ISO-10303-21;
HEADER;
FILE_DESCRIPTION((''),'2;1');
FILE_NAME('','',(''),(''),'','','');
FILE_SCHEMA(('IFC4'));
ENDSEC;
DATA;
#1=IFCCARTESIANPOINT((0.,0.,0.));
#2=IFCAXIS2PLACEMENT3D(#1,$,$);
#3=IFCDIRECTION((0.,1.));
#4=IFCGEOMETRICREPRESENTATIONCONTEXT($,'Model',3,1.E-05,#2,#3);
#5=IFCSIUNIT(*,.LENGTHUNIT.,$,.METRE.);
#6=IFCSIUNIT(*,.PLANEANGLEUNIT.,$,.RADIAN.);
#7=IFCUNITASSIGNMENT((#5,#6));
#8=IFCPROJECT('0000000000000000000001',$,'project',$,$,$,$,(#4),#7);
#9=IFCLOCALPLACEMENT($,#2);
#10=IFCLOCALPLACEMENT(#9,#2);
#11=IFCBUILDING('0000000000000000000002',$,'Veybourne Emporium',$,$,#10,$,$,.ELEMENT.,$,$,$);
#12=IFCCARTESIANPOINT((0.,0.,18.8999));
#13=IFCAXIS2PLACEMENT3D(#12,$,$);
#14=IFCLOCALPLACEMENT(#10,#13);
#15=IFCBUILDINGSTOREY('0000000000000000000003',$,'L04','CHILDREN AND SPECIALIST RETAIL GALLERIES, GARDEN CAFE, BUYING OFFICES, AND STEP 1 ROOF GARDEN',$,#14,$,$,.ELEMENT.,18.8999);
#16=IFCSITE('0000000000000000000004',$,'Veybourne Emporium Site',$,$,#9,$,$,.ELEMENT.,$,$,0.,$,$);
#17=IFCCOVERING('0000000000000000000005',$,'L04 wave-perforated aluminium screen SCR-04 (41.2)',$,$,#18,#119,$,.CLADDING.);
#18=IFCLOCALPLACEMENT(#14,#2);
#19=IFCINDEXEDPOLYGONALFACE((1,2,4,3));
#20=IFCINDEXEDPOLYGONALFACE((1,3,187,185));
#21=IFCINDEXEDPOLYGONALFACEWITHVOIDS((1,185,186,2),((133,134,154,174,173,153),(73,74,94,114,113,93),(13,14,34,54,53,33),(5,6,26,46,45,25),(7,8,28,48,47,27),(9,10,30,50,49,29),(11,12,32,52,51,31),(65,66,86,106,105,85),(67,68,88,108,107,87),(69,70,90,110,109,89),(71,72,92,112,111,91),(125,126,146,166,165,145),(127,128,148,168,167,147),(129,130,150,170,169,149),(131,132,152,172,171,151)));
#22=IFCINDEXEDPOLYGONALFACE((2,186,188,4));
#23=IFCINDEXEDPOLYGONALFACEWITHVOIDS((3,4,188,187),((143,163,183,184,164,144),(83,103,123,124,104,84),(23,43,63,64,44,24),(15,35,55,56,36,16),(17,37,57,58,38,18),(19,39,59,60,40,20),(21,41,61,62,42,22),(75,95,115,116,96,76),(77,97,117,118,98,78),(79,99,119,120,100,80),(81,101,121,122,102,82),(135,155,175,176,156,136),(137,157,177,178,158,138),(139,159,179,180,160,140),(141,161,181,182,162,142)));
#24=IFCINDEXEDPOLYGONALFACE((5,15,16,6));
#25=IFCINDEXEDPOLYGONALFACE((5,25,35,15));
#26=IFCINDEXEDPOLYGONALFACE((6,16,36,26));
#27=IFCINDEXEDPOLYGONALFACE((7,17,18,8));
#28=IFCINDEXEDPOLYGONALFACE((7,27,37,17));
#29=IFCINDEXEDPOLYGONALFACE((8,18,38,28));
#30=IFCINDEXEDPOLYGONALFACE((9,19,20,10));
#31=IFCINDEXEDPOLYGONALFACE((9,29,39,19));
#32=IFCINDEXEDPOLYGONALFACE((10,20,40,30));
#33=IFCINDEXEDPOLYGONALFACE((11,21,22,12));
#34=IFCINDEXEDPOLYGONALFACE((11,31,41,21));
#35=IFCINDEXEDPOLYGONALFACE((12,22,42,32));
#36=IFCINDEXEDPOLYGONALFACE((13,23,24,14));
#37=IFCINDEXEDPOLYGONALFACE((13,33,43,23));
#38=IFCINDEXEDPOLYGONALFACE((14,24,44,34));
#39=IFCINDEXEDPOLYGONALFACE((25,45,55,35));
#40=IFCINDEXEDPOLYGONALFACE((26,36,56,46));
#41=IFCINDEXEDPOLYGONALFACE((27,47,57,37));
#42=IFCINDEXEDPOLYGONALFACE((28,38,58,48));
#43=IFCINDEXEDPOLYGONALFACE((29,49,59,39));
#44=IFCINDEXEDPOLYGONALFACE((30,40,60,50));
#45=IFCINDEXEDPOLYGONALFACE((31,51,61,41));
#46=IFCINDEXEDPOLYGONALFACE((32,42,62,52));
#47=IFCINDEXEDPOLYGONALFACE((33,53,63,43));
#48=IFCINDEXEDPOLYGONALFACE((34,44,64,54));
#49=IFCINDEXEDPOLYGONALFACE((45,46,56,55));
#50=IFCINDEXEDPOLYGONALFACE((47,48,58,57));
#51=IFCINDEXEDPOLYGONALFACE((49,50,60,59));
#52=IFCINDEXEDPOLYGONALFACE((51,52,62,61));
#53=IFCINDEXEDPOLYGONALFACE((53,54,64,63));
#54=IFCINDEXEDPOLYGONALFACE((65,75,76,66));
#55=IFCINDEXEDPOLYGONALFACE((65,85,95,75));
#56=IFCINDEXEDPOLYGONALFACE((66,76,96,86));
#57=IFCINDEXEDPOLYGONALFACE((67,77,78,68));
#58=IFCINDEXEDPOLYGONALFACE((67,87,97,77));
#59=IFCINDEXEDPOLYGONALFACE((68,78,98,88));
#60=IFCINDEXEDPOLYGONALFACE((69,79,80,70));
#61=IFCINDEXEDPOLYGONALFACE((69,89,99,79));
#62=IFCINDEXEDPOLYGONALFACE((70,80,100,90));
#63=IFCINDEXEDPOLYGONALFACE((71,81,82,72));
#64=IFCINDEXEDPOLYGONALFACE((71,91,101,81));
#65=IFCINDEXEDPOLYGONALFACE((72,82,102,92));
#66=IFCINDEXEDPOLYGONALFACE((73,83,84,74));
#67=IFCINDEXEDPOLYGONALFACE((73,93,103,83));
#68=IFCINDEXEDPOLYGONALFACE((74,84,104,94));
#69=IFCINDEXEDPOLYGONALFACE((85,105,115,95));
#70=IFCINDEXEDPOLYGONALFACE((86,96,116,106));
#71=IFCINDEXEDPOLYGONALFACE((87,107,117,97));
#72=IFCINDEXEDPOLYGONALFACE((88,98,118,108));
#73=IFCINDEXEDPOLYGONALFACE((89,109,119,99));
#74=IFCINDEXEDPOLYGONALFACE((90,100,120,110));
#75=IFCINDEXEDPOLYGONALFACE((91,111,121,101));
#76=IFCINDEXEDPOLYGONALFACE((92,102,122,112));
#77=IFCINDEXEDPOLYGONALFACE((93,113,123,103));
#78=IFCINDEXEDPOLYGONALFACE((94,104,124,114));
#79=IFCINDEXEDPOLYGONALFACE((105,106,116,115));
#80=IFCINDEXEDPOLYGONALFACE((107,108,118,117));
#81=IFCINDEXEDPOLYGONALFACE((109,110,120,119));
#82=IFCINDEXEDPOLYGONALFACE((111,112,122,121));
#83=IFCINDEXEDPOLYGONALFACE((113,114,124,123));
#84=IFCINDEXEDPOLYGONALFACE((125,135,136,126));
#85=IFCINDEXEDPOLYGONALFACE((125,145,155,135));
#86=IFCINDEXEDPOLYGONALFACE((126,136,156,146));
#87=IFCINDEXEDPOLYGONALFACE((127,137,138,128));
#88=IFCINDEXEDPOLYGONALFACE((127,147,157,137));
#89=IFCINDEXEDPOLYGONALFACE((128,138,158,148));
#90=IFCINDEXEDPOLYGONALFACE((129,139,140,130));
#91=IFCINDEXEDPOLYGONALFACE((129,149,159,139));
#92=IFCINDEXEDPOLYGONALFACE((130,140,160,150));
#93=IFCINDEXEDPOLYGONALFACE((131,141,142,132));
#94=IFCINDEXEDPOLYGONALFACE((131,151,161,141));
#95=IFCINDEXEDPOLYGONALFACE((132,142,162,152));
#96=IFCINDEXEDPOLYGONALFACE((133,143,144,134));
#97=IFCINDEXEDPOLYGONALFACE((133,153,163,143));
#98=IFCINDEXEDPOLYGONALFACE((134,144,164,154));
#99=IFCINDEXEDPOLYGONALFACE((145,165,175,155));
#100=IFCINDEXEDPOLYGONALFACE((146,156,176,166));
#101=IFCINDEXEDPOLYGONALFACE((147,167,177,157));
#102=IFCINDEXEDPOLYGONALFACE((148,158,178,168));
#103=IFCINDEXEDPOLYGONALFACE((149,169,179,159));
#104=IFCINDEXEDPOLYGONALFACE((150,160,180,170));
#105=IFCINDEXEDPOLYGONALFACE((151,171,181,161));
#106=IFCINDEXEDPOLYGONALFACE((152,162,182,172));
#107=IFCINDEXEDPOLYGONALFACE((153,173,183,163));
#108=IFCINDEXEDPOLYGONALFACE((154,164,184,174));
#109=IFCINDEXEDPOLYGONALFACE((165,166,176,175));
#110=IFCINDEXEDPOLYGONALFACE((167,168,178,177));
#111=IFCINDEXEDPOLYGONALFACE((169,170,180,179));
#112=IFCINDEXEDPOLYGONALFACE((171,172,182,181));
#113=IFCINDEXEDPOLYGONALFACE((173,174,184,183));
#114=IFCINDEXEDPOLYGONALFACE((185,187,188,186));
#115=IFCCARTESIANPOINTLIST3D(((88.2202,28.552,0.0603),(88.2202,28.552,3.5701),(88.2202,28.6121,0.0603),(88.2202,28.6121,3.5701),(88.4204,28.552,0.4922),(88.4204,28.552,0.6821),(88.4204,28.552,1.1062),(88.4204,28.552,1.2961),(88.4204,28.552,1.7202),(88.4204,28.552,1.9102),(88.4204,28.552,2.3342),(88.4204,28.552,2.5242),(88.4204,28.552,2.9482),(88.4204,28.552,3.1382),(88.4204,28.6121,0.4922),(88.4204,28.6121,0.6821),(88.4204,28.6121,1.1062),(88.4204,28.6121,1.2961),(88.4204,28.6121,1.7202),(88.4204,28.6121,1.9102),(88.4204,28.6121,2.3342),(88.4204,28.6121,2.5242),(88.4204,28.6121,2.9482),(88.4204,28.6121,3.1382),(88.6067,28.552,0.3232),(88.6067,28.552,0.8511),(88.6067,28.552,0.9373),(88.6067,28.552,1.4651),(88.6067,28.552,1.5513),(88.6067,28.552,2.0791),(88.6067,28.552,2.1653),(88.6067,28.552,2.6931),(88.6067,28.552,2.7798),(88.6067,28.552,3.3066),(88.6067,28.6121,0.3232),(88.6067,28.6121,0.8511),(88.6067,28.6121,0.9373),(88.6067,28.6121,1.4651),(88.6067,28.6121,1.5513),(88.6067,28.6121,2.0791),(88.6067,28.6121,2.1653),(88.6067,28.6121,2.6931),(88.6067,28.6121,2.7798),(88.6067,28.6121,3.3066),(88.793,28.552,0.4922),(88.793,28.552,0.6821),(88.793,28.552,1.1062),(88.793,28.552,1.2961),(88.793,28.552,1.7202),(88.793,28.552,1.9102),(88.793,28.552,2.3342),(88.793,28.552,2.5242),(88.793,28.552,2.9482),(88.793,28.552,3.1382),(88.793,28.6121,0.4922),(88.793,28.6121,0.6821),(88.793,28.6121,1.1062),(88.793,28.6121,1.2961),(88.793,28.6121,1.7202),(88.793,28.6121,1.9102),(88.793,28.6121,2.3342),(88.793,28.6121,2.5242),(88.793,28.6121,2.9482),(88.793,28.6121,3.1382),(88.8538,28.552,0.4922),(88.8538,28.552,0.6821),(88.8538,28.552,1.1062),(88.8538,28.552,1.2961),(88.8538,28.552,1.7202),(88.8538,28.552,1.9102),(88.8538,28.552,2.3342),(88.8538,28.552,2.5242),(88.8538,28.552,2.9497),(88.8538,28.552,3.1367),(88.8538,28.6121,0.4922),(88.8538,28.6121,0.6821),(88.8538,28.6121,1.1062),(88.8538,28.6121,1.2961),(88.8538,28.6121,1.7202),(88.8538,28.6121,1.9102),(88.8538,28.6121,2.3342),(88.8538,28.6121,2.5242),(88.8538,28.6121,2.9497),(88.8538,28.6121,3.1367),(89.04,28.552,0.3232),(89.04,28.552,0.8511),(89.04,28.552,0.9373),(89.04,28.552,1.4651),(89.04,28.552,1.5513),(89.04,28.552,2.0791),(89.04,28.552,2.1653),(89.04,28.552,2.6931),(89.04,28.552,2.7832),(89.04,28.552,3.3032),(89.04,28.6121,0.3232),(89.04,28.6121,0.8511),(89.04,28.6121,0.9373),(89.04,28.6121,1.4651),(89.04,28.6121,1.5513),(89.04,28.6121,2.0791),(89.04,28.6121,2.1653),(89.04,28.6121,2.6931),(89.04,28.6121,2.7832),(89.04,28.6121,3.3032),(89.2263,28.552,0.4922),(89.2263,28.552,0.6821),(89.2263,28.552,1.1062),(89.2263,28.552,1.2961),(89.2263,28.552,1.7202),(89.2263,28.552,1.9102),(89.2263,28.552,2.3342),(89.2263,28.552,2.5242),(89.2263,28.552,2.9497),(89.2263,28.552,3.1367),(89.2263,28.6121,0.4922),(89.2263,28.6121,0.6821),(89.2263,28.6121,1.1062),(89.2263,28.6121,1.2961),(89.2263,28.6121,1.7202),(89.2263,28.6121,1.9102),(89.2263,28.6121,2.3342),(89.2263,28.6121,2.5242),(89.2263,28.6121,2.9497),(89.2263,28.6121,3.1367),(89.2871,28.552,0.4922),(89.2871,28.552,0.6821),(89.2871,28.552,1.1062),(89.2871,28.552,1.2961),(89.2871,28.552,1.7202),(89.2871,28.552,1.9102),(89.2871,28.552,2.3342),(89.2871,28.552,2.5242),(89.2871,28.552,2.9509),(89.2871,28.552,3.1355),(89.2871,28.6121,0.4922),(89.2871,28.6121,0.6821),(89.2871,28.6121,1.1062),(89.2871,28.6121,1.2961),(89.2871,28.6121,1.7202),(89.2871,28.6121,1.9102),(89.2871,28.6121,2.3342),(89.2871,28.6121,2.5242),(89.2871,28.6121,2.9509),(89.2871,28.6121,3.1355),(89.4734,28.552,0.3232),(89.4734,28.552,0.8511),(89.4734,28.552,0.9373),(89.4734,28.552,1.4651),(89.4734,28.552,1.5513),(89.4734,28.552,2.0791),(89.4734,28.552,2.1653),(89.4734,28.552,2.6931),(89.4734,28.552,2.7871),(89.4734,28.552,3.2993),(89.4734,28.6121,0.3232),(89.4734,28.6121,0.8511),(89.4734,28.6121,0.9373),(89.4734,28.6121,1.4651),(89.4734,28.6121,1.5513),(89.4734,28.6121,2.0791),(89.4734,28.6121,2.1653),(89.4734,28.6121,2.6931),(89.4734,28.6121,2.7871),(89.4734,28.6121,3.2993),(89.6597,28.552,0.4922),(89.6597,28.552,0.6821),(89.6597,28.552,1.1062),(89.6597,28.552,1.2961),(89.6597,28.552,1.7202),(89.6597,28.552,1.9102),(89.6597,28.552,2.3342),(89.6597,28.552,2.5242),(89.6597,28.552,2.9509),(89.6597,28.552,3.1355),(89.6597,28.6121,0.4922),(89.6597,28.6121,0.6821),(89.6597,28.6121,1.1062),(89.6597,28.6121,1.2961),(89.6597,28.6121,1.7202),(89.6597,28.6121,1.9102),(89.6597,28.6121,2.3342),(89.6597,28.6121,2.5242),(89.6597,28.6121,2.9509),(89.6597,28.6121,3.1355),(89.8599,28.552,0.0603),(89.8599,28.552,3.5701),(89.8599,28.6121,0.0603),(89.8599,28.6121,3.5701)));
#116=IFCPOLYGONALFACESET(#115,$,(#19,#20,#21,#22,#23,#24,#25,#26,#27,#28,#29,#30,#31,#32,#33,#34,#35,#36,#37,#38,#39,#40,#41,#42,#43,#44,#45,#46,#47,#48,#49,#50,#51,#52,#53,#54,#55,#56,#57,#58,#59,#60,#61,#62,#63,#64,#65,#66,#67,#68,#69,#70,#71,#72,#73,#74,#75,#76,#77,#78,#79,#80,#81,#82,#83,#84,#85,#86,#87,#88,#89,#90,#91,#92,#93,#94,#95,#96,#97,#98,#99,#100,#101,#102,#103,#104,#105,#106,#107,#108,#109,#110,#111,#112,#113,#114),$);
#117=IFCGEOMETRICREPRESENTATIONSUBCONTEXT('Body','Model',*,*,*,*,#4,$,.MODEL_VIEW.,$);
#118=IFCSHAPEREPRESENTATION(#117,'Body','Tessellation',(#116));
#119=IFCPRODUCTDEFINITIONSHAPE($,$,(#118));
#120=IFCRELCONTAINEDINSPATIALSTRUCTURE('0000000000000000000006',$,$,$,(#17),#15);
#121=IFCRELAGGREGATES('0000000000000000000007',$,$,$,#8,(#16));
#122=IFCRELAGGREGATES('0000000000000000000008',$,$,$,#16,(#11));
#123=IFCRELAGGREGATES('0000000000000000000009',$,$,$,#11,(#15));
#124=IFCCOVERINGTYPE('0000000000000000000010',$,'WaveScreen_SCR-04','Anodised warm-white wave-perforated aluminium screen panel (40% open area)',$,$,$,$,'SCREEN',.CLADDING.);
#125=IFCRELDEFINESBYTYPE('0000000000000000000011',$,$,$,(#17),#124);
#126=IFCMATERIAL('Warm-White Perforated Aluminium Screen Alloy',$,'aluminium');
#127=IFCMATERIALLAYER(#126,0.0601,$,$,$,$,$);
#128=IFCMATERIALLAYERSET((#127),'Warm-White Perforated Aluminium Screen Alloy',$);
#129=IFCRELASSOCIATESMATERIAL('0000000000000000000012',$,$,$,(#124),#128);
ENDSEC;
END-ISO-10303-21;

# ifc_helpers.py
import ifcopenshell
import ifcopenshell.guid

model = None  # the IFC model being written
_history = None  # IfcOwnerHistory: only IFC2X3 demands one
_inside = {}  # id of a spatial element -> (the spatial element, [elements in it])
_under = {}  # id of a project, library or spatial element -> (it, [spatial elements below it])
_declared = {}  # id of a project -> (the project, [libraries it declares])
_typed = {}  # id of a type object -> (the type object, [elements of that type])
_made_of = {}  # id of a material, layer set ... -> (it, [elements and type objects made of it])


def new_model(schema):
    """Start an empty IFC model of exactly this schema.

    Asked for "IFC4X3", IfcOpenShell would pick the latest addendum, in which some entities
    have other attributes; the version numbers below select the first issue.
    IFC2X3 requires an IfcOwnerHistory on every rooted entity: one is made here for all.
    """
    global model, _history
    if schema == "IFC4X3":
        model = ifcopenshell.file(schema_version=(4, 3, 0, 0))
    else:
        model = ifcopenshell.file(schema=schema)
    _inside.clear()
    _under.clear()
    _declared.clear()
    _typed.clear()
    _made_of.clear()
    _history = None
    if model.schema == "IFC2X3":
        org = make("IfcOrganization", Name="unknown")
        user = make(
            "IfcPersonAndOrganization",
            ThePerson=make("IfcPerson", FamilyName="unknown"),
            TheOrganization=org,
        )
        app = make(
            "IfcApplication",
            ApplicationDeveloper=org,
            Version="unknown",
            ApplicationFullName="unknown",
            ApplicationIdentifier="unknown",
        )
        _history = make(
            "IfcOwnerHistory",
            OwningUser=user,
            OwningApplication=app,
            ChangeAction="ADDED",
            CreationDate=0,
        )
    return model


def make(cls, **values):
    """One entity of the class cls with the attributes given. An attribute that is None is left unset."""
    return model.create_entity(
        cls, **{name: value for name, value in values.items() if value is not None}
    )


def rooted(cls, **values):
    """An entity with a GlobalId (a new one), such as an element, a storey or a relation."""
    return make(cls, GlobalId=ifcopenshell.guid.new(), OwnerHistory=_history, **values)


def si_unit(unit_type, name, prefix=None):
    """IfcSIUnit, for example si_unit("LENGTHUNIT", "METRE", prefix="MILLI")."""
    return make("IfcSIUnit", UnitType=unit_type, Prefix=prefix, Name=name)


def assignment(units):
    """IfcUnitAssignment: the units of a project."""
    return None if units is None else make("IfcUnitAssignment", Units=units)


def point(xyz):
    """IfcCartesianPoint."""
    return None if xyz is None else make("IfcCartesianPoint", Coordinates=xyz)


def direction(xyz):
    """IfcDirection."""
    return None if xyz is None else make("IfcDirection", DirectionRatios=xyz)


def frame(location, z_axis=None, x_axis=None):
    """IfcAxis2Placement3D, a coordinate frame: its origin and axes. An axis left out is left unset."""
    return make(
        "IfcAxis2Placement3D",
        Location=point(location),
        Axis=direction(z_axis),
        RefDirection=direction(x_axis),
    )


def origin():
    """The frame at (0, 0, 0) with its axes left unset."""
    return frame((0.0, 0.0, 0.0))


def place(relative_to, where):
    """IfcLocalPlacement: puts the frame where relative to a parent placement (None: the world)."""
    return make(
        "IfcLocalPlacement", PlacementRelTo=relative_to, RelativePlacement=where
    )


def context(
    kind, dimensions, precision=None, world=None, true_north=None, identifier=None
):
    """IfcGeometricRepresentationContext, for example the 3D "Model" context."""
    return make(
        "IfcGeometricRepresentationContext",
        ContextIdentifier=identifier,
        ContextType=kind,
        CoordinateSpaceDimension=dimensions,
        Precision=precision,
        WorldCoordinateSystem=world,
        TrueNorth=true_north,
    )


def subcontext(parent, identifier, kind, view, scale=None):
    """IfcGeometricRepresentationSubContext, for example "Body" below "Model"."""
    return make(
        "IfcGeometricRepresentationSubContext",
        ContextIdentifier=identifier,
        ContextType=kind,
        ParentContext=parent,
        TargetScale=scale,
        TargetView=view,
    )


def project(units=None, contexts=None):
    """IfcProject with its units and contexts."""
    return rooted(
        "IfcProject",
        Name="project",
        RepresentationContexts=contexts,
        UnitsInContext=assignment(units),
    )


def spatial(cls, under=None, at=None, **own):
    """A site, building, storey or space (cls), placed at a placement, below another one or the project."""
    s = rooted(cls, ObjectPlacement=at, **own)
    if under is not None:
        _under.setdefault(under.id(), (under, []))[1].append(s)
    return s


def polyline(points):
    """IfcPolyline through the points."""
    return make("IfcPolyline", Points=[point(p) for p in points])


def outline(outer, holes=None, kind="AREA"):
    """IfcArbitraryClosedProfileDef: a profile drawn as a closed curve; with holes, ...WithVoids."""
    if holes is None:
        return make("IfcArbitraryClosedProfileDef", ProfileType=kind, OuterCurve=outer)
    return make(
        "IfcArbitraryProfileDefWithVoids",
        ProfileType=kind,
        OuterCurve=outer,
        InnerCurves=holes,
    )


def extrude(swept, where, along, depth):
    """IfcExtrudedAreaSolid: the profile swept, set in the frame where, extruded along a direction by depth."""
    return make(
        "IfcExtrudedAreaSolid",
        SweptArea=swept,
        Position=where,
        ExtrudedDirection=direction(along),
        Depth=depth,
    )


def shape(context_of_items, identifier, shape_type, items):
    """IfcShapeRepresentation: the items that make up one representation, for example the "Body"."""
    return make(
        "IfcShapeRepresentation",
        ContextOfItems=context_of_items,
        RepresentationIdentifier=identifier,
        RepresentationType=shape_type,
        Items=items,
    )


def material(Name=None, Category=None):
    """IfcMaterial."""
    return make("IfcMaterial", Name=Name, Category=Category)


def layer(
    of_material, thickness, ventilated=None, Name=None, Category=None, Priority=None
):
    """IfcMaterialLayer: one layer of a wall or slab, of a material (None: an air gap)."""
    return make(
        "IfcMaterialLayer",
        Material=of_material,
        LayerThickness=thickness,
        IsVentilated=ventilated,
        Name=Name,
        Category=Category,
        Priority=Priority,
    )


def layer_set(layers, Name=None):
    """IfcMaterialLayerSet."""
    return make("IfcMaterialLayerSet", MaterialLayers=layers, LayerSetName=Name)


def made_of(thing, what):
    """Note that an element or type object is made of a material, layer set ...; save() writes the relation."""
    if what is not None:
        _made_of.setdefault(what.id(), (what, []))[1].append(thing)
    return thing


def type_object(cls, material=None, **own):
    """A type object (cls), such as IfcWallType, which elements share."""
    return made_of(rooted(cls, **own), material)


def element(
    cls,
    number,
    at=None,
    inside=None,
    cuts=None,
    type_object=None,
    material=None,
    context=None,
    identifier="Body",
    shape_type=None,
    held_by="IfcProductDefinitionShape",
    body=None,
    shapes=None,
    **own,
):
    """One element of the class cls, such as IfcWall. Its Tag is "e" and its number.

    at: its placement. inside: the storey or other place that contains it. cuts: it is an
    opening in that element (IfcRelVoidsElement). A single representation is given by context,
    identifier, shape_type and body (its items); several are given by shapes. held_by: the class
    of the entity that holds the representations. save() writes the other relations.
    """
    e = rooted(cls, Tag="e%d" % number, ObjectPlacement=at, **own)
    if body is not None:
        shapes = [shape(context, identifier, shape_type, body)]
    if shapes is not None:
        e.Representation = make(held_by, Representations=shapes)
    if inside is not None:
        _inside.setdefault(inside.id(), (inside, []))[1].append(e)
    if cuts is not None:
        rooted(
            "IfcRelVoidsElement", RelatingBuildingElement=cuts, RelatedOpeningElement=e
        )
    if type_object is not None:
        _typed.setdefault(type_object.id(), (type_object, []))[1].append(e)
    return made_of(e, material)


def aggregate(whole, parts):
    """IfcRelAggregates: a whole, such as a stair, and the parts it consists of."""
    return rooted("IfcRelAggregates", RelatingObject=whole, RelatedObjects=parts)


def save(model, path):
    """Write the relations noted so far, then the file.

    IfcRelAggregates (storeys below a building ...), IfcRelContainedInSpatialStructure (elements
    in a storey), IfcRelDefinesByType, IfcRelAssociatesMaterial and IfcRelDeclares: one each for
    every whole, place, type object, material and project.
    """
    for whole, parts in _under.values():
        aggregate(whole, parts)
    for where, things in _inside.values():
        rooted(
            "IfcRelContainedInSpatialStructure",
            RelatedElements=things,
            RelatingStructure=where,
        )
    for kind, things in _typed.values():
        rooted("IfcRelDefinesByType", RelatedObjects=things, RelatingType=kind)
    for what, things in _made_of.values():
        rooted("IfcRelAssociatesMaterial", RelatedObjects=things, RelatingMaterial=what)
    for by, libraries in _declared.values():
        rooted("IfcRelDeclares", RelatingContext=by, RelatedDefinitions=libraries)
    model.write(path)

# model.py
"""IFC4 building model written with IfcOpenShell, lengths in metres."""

from ifc_helpers import new_model, si_unit, direction, frame, origin, place, context, subcontext, project, spatial, polyline, outline, extrude, material, layer, layer_set, type_object, element, save


model = new_model("IFC4")

# Units and contexts
model_context = context("Model", 3, precision=1e-05, world=origin(), true_north=direction((0.0, 1.0)))
body_context = subcontext(model_context, "Body", "Model", "MODEL_VIEW")
ifc_project = project(units=[si_unit("LENGTHUNIT", "METRE"), si_unit("PLANEANGLEUNIT", "RADIAN")], contexts=[model_context])

# Site, building, storey
site_placement = place(None, origin())
site = spatial("IfcSite", under=ifc_project, at=site_placement, Name="Veybourne Emporium Site", CompositionType="ELEMENT", RefElevation=0.0)
building_placement = place(site_placement, origin())
building = spatial("IfcBuilding", under=site, at=building_placement, Name="Veybourne Emporium", CompositionType="ELEMENT")
storey_placement = place(building_placement, frame((0.0, 0.0, 18.8999)))
storey = spatial("IfcBuildingStorey", under=building, at=storey_placement, Name="L04", Description="CHILDREN AND SPECIALIST RETAIL GALLERIES, GARDEN CAFE, BUYING OFFICES, AND STEP 1 ROOF GARDEN", CompositionType="ELEMENT", Elevation=18.8999)

# Covering
ifc_material_1 = material(Name="Warm-White Perforated Aluminium Screen Alloy", Category="aluminium")
ifc_layer_1 = layer(ifc_material_1, 0.0601)
ifc_layer_set_1 = layer_set([ifc_layer_1], Name="Warm-White Perforated Aluminium Screen Alloy")
covering_type_1 = type_object("IfcCoveringType", Name="WaveScreen_SCR-04", Description="Anodised warm-white wave-perforated aluminium screen panel (40% open area)", ElementType="SCREEN", PredefinedType="CLADDING", material=ifc_layer_set_1)
covering_1_placement = place(storey_placement, frame((89.04, 28.552, 1.8152), z_axis=(0.0, 1.0, 0.0), x_axis=(-1.0, 0.0, 0.0)))
element("IfcCovering", 1, at=covering_1_placement, inside=storey, type_object=covering_type_1, Name="L04 wave-perforated aluminium screen SCR-04 (41.2)", PredefinedType="CLADDING", context=body_context, shape_type="SweptSolid", body=[
    extrude(outline(polyline([(-0.8198, -1.7549), (0.8198, -1.7549), (0.8198, 1.7549), (-0.8198, 1.7549), (-0.8198, -1.7549)]), holes=[polyline([(-0.4333, -0.9641), (-0.2471, -1.1331), (-0.2471, -1.323), (-0.4333, -1.4919), (-0.6196, -1.323), (-0.6196, -1.1331), (-0.4333, -0.9641)]), polyline([(-0.4333, -0.3501), (-0.2471, -0.519), (-0.2471, -0.709), (-0.4333, -0.8779), (-0.6196, -0.709), (-0.6196, -0.519), (-0.4333, -0.3501)]), polyline([(-0.4333, 0.2639), (-0.2471, 0.095), (-0.2471, -0.095), (-0.4333, -0.2639), (-0.6196, -0.095), (-0.6196, 0.095), (-0.4333, 0.2639)]), polyline([(-0.4333, 0.8779), (-0.2471, 0.709), (-0.2471, 0.519), (-0.4333, 0.3501), (-0.6196, 0.519), (-0.6196, 0.709), (-0.4333, 0.8779)]), polyline([(-0.4333, 1.4841), (-0.2471, 1.3203), (-0.2471, 1.1357), (-0.4333, 0.9719), (-0.6196, 1.1357), (-0.6196, 1.3203), (-0.4333, 1.4841)]), polyline([(0.0, -0.9641), (0.1863, -1.1331), (0.1863, -1.323), (0.0, -1.4919), (-0.1863, -1.323), (-0.1863, -1.1331), (0.0, -0.9641)]), polyline([(0.0, -0.3501), (0.1863, -0.519), (0.1863, -0.709), (0.0, -0.8779), (-0.1863, -0.709), (-0.1863, -0.519), (0.0, -0.3501)]), polyline([(0.0, 0.2639), (0.1863, 0.095), (0.1863, -0.095), (0.0, -0.2639), (-0.1863, -0.095), (-0.1863, 0.095), (0.0, 0.2639)]), polyline([(0.0, 0.8779), (0.1863, 0.709), (0.1863, 0.519), (0.0, 0.3501), (-0.1863, 0.519), (-0.1863, 0.709), (0.0, 0.8779)]), polyline([(0.0, 1.488), (0.1863, 1.3215), (0.1863, 1.1345), (0.0, 0.968), (-0.1863, 1.1345), (-0.1863, 1.3215), (0.0, 1.488)]), polyline([(0.4333, -0.9641), (0.6196, -1.1331), (0.6196, -1.323), (0.4333, -1.4919), (0.2471, -1.323), (0.2471, -1.1331), (0.4333, -0.9641)]), polyline([(0.4333, -0.3501), (0.6196, -0.519), (0.6196, -0.709), (0.4333, -0.8779), (0.2471, -0.709), (0.2471, -0.519), (0.4333, -0.3501)]), polyline([(0.4333, 0.2639), (0.6196, 0.095), (0.6196, -0.095), (0.4333, -0.2639), (0.2471, -0.095), (0.2471, 0.095), (0.4333, 0.2639)]), polyline([(0.4333, 0.8779), (0.6196, 0.709), (0.6196, 0.519), (0.4333, 0.3501), (0.2471, 0.519), (0.2471, 0.709), (0.4333, 0.8779)]), polyline([(0.4333, 1.4915), (0.6196, 1.323), (0.6196, 1.1331), (0.4333, 0.9646), (0.2471, 1.1331), (0.2471, 1.323), (0.4333, 1.4915)])]), origin(), (0.0, 0.0, 1.0), 0.0601),
])

save(model, "model.ifc")
